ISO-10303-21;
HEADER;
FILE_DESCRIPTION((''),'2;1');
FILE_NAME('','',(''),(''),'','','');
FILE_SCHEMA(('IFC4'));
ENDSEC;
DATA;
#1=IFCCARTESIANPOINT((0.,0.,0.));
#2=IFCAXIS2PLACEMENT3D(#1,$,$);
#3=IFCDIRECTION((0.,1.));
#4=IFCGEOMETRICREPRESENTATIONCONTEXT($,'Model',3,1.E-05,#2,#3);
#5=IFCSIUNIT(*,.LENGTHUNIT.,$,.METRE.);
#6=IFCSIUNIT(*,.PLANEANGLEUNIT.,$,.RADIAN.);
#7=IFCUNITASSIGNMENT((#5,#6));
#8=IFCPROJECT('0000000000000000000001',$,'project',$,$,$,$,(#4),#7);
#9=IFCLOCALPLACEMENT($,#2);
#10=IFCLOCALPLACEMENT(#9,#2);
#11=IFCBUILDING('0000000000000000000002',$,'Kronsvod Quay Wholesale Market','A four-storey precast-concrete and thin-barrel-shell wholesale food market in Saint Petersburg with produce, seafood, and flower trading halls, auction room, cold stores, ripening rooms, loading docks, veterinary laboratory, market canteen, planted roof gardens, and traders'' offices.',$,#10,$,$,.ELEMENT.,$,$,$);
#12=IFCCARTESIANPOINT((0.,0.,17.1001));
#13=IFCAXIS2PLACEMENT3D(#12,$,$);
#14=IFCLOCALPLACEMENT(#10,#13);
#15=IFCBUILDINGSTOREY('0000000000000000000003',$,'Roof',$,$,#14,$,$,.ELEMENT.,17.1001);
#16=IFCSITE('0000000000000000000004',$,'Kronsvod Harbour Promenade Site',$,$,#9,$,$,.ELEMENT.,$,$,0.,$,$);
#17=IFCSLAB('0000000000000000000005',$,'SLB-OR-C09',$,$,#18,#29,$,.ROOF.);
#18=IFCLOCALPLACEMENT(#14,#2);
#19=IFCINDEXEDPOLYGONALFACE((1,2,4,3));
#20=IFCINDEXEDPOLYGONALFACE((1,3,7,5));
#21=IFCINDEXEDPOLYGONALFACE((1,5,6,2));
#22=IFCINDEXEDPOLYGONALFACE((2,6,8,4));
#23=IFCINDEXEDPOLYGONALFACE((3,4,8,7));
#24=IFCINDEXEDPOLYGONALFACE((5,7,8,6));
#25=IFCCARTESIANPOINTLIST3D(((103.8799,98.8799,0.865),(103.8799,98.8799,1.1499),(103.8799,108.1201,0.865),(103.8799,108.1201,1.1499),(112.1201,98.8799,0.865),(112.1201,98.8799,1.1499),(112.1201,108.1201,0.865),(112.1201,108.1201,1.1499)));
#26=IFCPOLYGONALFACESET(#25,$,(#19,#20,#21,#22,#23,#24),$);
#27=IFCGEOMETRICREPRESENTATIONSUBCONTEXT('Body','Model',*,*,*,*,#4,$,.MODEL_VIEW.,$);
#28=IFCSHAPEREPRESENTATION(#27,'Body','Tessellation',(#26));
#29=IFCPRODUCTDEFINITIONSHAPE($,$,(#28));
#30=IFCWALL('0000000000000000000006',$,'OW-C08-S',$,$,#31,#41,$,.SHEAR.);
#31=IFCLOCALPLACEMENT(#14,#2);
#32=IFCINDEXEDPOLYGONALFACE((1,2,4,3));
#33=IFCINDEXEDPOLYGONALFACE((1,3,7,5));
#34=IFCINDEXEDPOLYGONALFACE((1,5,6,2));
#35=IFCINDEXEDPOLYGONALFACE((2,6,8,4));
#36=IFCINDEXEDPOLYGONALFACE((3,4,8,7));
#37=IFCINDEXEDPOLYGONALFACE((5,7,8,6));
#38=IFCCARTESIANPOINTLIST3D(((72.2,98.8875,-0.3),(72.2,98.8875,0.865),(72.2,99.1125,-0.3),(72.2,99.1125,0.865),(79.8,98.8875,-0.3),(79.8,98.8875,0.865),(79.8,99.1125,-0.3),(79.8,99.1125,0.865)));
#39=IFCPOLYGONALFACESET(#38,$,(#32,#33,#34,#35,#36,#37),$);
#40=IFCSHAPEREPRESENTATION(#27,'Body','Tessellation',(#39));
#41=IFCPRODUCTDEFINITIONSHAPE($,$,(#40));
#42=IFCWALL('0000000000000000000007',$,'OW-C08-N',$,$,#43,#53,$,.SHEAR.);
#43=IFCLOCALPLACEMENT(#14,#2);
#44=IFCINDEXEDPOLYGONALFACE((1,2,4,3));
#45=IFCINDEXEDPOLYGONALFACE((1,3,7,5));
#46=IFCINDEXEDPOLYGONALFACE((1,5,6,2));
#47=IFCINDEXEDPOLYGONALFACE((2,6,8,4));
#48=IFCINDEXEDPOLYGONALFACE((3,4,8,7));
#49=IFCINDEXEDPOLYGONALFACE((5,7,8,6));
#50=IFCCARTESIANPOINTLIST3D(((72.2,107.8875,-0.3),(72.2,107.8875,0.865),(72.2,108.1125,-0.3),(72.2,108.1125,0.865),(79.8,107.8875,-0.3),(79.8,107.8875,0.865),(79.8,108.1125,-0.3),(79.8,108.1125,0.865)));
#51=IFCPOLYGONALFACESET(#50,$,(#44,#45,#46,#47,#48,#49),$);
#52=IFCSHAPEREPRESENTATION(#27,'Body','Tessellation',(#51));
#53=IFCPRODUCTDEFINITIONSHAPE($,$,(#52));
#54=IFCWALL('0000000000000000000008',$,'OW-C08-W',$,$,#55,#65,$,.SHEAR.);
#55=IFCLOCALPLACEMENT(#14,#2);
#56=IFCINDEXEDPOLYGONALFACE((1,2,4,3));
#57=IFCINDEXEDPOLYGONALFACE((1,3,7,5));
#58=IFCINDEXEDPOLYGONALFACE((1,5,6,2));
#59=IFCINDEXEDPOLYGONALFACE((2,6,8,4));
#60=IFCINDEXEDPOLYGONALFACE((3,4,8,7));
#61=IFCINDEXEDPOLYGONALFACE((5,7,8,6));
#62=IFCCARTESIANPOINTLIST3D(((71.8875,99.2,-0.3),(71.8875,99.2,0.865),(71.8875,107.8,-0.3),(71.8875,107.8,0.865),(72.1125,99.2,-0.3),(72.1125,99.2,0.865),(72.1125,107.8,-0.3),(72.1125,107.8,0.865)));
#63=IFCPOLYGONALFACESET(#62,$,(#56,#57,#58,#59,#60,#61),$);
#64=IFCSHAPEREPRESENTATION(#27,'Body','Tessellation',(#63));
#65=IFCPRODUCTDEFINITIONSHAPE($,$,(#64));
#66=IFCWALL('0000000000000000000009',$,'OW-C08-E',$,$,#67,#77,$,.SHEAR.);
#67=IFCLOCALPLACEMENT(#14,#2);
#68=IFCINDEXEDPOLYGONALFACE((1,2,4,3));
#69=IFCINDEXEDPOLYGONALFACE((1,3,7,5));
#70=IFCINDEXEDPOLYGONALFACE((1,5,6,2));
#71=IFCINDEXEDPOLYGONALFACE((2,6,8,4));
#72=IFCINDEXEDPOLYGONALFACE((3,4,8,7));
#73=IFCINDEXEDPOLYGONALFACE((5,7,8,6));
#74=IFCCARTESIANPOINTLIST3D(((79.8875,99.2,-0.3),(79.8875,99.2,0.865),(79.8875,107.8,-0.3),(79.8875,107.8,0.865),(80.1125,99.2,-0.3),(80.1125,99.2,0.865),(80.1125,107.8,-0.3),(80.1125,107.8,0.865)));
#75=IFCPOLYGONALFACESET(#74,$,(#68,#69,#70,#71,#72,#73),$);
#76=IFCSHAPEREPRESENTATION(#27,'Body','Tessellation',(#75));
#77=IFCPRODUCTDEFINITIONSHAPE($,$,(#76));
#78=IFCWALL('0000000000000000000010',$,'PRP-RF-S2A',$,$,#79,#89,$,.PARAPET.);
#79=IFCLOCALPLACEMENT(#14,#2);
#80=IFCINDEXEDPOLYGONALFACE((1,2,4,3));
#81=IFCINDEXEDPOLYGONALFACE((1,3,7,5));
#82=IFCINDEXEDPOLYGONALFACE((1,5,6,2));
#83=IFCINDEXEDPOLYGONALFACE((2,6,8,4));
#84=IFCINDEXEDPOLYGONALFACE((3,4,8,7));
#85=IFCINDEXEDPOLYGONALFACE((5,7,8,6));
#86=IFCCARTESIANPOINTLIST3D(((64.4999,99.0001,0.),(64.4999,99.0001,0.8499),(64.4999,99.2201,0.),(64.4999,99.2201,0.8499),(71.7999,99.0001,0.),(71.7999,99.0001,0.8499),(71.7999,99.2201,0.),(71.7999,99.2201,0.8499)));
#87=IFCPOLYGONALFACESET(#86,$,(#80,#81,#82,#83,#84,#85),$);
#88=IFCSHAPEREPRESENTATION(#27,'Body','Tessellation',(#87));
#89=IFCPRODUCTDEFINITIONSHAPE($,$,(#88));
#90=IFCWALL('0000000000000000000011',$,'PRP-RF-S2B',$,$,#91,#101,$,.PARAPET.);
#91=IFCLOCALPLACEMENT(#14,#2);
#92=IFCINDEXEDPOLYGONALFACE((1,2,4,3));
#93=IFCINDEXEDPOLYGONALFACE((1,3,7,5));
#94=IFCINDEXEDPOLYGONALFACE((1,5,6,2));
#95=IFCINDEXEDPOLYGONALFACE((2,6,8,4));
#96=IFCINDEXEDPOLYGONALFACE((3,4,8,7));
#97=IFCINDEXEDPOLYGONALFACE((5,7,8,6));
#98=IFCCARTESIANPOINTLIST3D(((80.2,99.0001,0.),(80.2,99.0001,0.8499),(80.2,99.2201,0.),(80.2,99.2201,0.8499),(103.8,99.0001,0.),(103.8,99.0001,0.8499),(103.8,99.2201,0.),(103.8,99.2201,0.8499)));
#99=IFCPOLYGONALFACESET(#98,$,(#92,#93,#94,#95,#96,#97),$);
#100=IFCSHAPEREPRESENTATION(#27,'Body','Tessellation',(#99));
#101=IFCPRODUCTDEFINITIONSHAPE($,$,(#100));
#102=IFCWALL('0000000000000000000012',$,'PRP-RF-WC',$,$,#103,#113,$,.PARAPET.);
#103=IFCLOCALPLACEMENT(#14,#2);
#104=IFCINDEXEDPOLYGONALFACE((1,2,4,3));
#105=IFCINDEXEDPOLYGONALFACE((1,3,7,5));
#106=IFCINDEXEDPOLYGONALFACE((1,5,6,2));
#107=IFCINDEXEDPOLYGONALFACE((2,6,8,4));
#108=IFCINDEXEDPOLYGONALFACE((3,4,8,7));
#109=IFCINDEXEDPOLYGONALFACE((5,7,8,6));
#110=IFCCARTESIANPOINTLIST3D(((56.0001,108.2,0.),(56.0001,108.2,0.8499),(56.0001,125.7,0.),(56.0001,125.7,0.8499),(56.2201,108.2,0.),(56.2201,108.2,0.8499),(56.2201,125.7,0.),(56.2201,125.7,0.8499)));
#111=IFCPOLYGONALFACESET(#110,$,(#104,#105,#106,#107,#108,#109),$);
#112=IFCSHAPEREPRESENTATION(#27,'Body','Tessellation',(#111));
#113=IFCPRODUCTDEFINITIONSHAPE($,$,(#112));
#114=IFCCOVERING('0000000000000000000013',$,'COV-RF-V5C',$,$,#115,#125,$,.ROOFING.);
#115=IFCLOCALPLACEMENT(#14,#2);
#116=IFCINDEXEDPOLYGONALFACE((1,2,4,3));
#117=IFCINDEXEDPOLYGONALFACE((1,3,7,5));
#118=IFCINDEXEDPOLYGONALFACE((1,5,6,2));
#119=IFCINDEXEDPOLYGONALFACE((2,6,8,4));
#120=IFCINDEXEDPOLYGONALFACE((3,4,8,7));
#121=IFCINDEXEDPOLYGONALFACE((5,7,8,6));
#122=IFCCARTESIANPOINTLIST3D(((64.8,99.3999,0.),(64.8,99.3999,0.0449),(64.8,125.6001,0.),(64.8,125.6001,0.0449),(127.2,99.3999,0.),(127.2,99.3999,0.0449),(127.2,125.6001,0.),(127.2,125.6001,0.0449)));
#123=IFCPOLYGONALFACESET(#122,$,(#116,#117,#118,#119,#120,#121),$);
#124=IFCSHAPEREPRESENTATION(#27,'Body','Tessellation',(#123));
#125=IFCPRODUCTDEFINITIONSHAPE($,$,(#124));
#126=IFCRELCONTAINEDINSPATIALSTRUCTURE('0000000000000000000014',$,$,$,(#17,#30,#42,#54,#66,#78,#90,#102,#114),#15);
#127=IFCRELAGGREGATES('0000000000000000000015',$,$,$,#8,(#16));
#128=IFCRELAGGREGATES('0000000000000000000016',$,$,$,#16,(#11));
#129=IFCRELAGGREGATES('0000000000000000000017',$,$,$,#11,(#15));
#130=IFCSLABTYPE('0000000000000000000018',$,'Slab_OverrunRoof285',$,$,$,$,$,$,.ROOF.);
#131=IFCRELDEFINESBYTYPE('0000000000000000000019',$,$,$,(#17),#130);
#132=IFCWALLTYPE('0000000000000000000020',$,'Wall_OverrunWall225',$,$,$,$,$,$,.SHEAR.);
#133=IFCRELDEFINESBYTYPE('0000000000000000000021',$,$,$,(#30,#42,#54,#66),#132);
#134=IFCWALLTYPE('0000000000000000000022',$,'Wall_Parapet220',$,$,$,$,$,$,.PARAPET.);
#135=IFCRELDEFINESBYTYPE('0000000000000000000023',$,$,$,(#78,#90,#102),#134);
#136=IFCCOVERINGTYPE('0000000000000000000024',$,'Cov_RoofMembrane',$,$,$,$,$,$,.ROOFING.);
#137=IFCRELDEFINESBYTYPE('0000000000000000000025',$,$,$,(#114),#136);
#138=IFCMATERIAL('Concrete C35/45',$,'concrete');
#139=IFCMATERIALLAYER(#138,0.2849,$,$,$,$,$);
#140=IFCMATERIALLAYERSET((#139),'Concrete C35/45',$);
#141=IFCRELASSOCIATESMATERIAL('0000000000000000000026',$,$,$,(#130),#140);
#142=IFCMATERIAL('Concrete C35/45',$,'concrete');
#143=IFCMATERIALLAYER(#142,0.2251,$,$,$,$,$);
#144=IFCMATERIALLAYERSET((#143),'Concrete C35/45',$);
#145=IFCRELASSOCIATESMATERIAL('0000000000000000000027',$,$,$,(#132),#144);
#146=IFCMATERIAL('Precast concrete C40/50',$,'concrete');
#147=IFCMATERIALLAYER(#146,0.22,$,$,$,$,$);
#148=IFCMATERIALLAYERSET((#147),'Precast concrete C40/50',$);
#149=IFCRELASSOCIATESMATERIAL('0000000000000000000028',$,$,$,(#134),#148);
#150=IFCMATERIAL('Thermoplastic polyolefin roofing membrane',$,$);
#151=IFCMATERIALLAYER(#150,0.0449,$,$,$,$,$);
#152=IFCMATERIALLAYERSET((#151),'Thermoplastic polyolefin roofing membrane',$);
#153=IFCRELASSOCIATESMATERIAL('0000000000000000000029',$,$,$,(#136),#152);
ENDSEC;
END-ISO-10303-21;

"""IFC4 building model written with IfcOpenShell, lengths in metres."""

from ifc_helpers import new_model, si_unit, direction, frame, frame_2d, origin, place, context, subcontext, project, spatial, polyline, rectangle, outline, extrude, material, layer, layer_set, type_object, element, save


model = new_model("IFC4")

# Units and contexts
model_context = context("Model", 3, precision=1e-05, world=origin(), true_north=direction((0.0, 1.0)))
body_context = subcontext(model_context, "Body", "Model", "MODEL_VIEW")
ifc_project = project(units=[si_unit("LENGTHUNIT", "METRE"), si_unit("PLANEANGLEUNIT", "RADIAN")], contexts=[model_context])

# Site, building, storey
site_placement = place(None, origin())
site = spatial("IfcSite", under=ifc_project, at=site_placement, Name="Kronsvod Harbour Promenade Site", CompositionType="ELEMENT", RefElevation=0.0)
building_placement = place(site_placement, origin())
building = spatial("IfcBuilding", under=site, at=building_placement, Name="Kronsvod Quay Wholesale Market", Description="A four-storey precast-concrete and thin-barrel-shell wholesale food market in Saint Petersburg with produce, seafood, and flower trading halls, auction room, cold stores, ripening rooms, loading docks, veterinary laboratory, market canteen, planted roof gardens, and traders' offices.", CompositionType="ELEMENT")
storey_placement = place(building_placement, frame((0.0, 0.0, 17.1001)))
storey = spatial("IfcBuildingStorey", under=building, at=storey_placement, Name="Roof", CompositionType="ELEMENT", Elevation=17.1001)

# Slab
ifc_material_1 = material(Name="Concrete C35/45", Category="concrete")
ifc_layer_1 = layer(ifc_material_1, 0.2849)
ifc_layer_set_1 = layer_set([ifc_layer_1], Name="Concrete C35/45")
slab_type_1 = type_object("IfcSlabType", Name="Slab_OverrunRoof285", PredefinedType="ROOF", material=ifc_layer_set_1)
slab_1_placement = place(storey_placement, frame((0.0, 0.0, 0.865)))
element("IfcSlab", 1, at=slab_1_placement, inside=storey, type_object=slab_type_1, Name="SLB-OR-C09", PredefinedType="ROOF", context=body_context, shape_type="SweptSolid", body=[
    extrude(outline(polyline([(103.8799, 98.8799), (112.1201, 98.8799), (112.1201, 108.1201), (103.8799, 108.1201), (103.8799, 98.8799)])), origin(), (0.0, 0.0, 1.0), 0.2849),
])

# Walls
ifc_material_2 = material(Name="Concrete C35/45", Category="concrete")
ifc_layer_2 = layer(ifc_material_2, 0.2251)
ifc_layer_set_2 = layer_set([ifc_layer_2], Name="Concrete C35/45")
wall_type_1 = type_object("IfcWallType", Name="Wall_OverrunWall225", PredefinedType="SHEAR", material=ifc_layer_set_2)
for number, where, z_axis, x_axis, name in (
    (2, (72.2, 99.0, -0.3), (0.0, 0.0, 1.0), (1.0, 0.0, 0.0), "OW-C08-S"),
    (3, (72.2, 108.0, -0.3), (0.0, 0.0, 1.0), (1.0, 0.0, 0.0), "OW-C08-N"),
):
    element("IfcWall", number, at=place(storey_placement, frame(where, z_axis=z_axis, x_axis=x_axis)), inside=storey, type_object=wall_type_1, Name=name, PredefinedType="SHEAR", context=body_context, shape_type="SweptSolid", body=[
        extrude(rectangle(XDim=7.6001, YDim=0.2251, at=frame_2d((3.8, 0.0))), origin(), (0.0, 0.0, 1.0), 1.165),
    ])
for number, where, z_axis, x_axis, name in (
    (4, (72.0, 99.2, -0.3), (0.0, 0.0, 1.0), (0.0, 1.0, 0.0), "OW-C08-W"),
    (5, (80.0, 99.2, -0.3), (0.0, 0.0, 1.0), (0.0, 1.0, 0.0), "OW-C08-E"),
):
    element("IfcWall", number, at=place(storey_placement, frame(where, z_axis=z_axis, x_axis=x_axis)), inside=storey, type_object=wall_type_1, Name=name, PredefinedType="SHEAR", context=body_context, shape_type="SweptSolid", body=[
        extrude(rectangle(XDim=8.6001, YDim=0.2251, at=frame_2d((4.3, 0.0))), origin(), (0.0, 0.0, 1.0), 1.165),
    ])
ifc_material_3 = material(Name="Precast concrete C40/50", Category="concrete")
ifc_layer_3 = layer(ifc_material_3, 0.22)
ifc_layer_set_3 = layer_set([ifc_layer_3], Name="Precast concrete C40/50")
wall_type_2 = type_object("IfcWallType", Name="Wall_Parapet220", PredefinedType="PARAPET", material=ifc_layer_set_3)
wall_1_placement = place(storey_placement, frame((64.5, 99.1101, 0.0), z_axis=(0.0, 0.0, 1.0), x_axis=(1.0, 0.0, 0.0)))
element("IfcWall", 6, at=wall_1_placement, inside=storey, type_object=wall_type_2, Name="PRP-RF-S2A", PredefinedType="PARAPET", context=body_context, shape_type="SweptSolid", body=[
    extrude(rectangle(XDim=7.3, YDim=0.22, at=frame_2d((3.6499, 0.0))), origin(), (0.0, 0.0, 1.0), 0.8499),
])
wall_2_placement = place(storey_placement, frame((80.2, 99.1101, 0.0), z_axis=(0.0, 0.0, 1.0), x_axis=(1.0, 0.0, 0.0)))
element("IfcWall", 7, at=wall_2_placement, inside=storey, type_object=wall_type_2, Name="PRP-RF-S2B", PredefinedType="PARAPET", context=body_context, shape_type="SweptSolid", body=[
    extrude(rectangle(XDim=23.6001, YDim=0.22, at=frame_2d((11.8, 0.0))), origin(), (0.0, 0.0, 1.0), 0.8499),
])
wall_3_placement = place(storey_placement, frame((56.1101, 108.2, 0.0), z_axis=(0.0, 0.0, 1.0), x_axis=(0.0, 1.0, 0.0)))
element("IfcWall", 8, at=wall_3_placement, inside=storey, type_object=wall_type_2, Name="PRP-RF-WC", PredefinedType="PARAPET", context=body_context, shape_type="SweptSolid", body=[
    extrude(rectangle(XDim=17.5, YDim=0.22, at=frame_2d((8.75, 0.0))), origin(), (0.0, 0.0, 1.0), 0.8499),
])

# Covering
ifc_material_4 = material(Name="Thermoplastic polyolefin roofing membrane")
ifc_layer_4 = layer(ifc_material_4, 0.0449)
ifc_layer_set_4 = layer_set([ifc_layer_4], Name="Thermoplastic polyolefin roofing membrane")
covering_type = type_object("IfcCoveringType", Name="Cov_RoofMembrane", PredefinedType="ROOFING", material=ifc_layer_set_4)
covering_placement = place(storey_placement, origin())
element("IfcCovering", 9, at=covering_placement, inside=storey, type_object=covering_type, Name="COV-RF-V5C", PredefinedType="ROOFING", context=body_context, shape_type="SweptSolid", body=[
    extrude(outline(polyline([(64.8, 99.3999), (127.2, 99.3999), (127.2, 125.6001), (64.8, 125.6001), (64.8, 99.3999)])), origin(), (0.0, 0.0, 1.0), 0.0449),
])

save(model, "model.ifc")
